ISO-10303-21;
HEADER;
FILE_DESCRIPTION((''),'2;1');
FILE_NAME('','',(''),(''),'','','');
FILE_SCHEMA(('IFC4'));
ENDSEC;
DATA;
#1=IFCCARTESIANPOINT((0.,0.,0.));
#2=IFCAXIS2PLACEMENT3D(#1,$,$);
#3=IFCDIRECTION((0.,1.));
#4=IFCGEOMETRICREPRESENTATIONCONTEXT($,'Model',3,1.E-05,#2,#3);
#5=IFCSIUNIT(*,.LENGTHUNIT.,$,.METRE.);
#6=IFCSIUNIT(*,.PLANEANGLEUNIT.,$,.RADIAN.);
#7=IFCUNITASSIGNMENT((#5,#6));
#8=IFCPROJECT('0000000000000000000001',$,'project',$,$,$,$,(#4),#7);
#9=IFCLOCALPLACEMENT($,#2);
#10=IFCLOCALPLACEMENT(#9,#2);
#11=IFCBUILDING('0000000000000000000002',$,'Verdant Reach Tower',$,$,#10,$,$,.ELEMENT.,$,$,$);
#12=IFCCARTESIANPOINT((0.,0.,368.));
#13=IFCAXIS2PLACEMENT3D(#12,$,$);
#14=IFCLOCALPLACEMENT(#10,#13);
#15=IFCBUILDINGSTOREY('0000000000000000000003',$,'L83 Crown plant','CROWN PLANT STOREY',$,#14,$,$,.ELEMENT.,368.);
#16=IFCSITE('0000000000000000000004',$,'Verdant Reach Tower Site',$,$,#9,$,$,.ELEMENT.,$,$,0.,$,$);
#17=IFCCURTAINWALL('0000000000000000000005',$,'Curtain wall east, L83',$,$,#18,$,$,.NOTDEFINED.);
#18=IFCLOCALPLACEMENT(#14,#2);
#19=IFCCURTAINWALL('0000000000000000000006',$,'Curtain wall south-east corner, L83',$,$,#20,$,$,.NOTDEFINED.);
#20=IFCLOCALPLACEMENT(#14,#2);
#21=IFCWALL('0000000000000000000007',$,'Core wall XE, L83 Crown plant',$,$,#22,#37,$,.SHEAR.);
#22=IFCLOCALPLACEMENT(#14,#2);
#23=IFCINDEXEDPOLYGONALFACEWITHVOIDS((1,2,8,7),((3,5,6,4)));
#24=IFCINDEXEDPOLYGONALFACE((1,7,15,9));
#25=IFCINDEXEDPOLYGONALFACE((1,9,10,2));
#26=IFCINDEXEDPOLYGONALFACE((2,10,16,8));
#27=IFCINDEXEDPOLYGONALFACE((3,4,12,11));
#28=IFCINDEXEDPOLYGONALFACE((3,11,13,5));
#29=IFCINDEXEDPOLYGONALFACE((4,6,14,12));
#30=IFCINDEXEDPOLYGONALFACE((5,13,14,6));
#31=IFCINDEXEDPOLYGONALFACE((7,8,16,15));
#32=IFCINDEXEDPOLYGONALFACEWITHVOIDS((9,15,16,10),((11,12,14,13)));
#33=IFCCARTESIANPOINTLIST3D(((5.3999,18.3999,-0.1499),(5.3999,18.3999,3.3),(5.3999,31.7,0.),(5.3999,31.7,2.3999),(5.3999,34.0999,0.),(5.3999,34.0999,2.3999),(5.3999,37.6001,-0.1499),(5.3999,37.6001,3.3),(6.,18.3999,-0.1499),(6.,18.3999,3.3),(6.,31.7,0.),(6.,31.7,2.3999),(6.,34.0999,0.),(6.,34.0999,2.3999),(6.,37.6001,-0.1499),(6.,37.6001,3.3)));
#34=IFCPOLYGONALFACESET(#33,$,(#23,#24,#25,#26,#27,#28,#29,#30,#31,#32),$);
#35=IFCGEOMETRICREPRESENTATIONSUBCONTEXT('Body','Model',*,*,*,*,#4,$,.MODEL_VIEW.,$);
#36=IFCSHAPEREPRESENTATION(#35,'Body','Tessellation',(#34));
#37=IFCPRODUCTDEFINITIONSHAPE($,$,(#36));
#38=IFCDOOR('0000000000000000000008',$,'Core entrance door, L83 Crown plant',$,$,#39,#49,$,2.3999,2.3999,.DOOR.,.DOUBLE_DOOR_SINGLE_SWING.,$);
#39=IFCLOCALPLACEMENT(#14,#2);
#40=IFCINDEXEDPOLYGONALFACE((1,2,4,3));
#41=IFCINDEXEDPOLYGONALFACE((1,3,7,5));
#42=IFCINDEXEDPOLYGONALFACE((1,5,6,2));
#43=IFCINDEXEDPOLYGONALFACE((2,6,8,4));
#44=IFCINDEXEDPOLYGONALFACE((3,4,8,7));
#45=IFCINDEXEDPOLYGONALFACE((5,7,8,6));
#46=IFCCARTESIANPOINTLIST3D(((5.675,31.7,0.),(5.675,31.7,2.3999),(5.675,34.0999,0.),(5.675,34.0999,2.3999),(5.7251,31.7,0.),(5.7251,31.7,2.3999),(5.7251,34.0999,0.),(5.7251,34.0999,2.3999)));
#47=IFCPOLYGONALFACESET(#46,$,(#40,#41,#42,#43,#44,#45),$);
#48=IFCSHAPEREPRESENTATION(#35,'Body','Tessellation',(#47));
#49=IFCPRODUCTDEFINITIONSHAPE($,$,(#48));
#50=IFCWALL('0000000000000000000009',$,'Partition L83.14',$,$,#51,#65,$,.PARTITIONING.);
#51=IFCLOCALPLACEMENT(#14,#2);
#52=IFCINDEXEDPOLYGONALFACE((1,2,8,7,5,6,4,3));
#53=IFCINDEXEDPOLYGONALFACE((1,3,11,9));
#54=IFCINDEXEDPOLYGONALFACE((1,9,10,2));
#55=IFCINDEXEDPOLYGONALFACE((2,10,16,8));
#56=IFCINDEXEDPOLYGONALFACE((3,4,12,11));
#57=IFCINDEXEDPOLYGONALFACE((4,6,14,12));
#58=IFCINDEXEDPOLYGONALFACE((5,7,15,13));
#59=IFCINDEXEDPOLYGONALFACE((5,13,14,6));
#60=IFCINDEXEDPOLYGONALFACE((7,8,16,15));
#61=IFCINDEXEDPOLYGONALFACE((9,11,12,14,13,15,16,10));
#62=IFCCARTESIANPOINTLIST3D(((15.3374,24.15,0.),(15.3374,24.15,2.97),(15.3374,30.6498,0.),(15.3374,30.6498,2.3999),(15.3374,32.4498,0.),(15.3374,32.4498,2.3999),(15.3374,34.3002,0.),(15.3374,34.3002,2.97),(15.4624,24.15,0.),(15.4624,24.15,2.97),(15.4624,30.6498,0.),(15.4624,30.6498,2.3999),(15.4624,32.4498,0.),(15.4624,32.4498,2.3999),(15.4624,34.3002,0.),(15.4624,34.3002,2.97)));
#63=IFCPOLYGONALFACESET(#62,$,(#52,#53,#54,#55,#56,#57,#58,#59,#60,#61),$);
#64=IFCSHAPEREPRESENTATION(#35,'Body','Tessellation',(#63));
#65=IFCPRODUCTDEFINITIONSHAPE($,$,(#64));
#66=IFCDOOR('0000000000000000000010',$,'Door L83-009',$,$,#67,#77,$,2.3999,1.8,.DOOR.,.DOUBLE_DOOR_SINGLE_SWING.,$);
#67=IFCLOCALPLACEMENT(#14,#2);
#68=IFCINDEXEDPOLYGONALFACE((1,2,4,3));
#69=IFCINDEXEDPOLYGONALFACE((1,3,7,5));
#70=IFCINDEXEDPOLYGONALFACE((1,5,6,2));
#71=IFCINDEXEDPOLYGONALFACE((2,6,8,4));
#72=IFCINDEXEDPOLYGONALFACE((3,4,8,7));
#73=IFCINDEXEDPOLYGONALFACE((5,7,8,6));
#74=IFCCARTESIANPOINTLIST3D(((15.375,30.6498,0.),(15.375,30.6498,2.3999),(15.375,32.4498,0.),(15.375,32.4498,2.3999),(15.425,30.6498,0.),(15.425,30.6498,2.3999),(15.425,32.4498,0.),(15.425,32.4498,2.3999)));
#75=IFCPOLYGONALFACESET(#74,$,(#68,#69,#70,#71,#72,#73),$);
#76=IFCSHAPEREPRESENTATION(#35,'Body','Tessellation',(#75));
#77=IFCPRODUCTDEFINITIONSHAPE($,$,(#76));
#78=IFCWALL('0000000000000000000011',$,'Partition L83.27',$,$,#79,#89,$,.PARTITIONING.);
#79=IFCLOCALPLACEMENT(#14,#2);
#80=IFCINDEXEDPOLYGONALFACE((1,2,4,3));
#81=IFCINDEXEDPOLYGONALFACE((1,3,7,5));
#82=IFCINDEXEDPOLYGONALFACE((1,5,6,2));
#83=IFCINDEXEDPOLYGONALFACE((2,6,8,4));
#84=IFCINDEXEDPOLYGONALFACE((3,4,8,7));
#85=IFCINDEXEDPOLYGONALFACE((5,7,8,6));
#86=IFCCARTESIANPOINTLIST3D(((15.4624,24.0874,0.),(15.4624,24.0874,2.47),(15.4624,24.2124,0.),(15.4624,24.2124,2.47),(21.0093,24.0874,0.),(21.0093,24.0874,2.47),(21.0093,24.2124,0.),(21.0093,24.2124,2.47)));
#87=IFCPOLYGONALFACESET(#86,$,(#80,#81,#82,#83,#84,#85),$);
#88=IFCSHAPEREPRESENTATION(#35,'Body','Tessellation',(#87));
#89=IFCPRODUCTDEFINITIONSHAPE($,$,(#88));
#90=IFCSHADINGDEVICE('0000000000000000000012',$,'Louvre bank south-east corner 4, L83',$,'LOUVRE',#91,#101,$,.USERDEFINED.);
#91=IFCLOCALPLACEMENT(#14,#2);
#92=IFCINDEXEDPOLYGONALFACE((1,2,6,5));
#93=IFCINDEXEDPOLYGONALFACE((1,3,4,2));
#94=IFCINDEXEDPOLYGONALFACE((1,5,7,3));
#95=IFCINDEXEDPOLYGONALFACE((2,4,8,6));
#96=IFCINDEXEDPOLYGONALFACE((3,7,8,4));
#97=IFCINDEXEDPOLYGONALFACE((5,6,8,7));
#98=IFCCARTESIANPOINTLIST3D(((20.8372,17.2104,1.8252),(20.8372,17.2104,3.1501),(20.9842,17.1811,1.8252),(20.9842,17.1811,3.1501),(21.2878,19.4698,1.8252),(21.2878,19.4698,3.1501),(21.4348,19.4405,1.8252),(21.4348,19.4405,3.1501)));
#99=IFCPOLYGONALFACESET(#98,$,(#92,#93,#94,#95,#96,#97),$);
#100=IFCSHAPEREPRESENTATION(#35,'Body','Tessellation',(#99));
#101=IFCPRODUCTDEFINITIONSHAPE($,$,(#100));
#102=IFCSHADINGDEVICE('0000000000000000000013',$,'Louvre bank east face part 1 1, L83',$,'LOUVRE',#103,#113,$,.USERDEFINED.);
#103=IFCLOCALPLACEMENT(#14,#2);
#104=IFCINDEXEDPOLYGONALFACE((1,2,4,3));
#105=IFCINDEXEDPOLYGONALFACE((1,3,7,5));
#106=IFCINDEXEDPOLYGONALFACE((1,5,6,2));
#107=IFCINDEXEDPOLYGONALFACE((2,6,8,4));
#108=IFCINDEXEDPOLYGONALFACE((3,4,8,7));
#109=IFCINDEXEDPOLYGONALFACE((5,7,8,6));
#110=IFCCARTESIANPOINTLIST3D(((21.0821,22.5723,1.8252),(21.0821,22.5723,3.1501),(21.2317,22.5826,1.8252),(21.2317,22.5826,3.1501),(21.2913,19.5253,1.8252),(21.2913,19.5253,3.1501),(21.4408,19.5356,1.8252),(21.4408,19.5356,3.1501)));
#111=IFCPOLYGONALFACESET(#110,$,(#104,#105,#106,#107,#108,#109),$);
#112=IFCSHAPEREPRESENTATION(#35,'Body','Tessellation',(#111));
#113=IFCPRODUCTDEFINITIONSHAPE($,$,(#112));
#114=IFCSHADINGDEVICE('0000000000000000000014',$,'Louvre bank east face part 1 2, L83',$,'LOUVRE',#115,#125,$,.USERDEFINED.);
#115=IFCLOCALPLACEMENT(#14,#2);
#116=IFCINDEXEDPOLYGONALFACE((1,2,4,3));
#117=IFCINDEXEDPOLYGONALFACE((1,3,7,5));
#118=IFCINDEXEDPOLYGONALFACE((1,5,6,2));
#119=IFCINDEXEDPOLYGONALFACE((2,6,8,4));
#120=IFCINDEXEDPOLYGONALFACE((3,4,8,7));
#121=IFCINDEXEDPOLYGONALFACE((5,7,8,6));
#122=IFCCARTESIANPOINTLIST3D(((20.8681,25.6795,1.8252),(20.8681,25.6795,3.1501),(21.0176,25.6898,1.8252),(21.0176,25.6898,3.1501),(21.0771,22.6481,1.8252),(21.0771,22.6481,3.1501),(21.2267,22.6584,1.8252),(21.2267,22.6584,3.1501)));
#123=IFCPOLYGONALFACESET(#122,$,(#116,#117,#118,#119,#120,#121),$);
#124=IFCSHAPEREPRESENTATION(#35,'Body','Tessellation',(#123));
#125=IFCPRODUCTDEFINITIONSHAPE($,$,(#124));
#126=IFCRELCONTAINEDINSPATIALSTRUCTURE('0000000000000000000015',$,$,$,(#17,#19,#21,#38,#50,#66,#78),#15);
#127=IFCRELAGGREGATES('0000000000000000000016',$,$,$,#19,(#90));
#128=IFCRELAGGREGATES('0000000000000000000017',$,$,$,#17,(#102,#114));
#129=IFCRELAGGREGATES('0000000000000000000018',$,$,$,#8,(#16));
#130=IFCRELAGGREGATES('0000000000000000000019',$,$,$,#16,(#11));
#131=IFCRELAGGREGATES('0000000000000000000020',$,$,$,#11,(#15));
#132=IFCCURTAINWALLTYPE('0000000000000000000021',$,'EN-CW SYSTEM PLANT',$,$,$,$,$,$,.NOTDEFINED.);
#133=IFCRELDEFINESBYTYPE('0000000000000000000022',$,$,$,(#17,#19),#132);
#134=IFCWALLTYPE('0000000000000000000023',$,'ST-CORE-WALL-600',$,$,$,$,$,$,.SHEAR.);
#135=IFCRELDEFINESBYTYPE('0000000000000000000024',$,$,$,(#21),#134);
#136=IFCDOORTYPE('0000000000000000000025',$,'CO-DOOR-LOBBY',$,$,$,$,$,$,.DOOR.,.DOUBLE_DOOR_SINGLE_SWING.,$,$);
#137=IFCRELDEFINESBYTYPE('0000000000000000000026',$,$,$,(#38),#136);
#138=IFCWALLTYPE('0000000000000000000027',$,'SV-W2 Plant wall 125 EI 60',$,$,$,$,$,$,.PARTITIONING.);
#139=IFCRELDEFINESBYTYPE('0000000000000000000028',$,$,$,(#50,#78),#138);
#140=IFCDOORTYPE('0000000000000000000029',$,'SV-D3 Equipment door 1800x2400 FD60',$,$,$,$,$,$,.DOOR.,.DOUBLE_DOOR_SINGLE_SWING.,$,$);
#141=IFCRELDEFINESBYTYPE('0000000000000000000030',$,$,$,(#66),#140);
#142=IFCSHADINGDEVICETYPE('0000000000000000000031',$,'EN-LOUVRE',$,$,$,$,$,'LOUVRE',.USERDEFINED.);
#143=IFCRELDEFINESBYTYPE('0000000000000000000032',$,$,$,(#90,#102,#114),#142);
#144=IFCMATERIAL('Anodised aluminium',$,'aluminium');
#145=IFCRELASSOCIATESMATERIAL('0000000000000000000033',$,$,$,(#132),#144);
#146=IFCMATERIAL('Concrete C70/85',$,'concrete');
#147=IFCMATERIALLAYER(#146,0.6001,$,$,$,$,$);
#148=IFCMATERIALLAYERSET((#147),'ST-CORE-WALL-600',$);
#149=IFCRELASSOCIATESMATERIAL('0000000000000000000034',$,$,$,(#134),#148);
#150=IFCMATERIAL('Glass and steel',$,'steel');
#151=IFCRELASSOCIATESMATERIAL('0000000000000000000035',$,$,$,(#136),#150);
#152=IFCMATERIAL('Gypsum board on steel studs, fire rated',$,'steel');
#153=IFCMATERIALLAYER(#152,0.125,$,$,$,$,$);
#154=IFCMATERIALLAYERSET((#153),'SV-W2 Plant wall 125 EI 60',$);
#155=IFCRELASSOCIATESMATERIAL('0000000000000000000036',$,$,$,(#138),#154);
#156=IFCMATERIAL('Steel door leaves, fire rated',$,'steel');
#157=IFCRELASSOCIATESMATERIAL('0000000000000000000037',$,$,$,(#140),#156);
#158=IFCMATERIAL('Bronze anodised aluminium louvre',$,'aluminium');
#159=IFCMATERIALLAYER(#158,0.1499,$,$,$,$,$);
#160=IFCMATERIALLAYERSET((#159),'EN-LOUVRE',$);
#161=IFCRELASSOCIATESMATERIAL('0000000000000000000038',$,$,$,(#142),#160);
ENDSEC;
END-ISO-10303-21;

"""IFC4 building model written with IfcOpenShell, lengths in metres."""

from ifc_helpers import new_model, si_unit, direction, frame, frame_2d, origin, origin_2d, place, context, subcontext, project, spatial, rectangle, extrude, material, layer, layer_set, type_object, element, fill, aggregate, save


model = new_model("IFC4")

# Units and contexts
model_context = context("Model", 3, precision=1e-05, world=origin(), true_north=direction((0.0, 1.0)))
body_context = subcontext(model_context, "Body", "Model", "MODEL_VIEW")
ifc_project = project(units=[si_unit("LENGTHUNIT", "METRE"), si_unit("PLANEANGLEUNIT", "RADIAN")], contexts=[model_context])

# Site, building, storey
site_placement = place(None, origin())
site = spatial("IfcSite", under=ifc_project, at=site_placement, Name="Verdant Reach Tower Site", CompositionType="ELEMENT", RefElevation=0.0)
building_placement = place(site_placement, origin())
building = spatial("IfcBuilding", under=site, at=building_placement, Name="Verdant Reach Tower", CompositionType="ELEMENT")
storey_placement = place(building_placement, frame((0.0, 0.0, 368.0)))
storey = spatial("IfcBuildingStorey", under=building, at=storey_placement, Name="L83 Crown plant", Description="CROWN PLANT STOREY", CompositionType="ELEMENT", Elevation=368.0)

# Curtain walls
ifc_material_1 = material(Name="Anodised aluminium", Category="aluminium")
curtain_wall_type = type_object("IfcCurtainWallType", Name="EN-CW SYSTEM PLANT", PredefinedType="NOTDEFINED", material=ifc_material_1)
curtain_wall_1_placement = place(storey_placement, origin())
curtain_wall_1 = element("IfcCurtainWall", 1, at=curtain_wall_1_placement, inside=storey, type_object=curtain_wall_type, Name="Curtain wall east, L83", PredefinedType="NOTDEFINED")
curtain_wall_2_placement = place(storey_placement, origin())
curtain_wall_2 = element("IfcCurtainWall", 2, at=curtain_wall_2_placement, inside=storey, type_object=curtain_wall_type, Name="Curtain wall south-east corner, L83", PredefinedType="NOTDEFINED")

# Shared definitions
ifc_material_2 = material(Name="Concrete C70/85", Category="concrete")
ifc_layer_1 = layer(ifc_material_2, 0.6001)
ifc_layer_set_1 = layer_set([ifc_layer_1], Name="ST-CORE-WALL-600")
wall_type_1 = type_object("IfcWallType", Name="ST-CORE-WALL-600", PredefinedType="SHEAR", material=ifc_layer_set_1)
ifc_material_3 = material(Name="Glass and steel", Category="steel")
door_type_1 = type_object("IfcDoorType", Name="CO-DOOR-LOBBY", OperationType="DOUBLE_DOOR_SINGLE_SWING", PredefinedType="DOOR", material=ifc_material_3)

# Walls, openings, doors
wall_1_placement = place(storey_placement, frame((5.7, 18.3999, -0.1499), z_axis=(0.0, 0.0, 1.0), x_axis=(0.0, 1.0, 0.0)))
wall_1 = element("IfcWall", 3, at=wall_1_placement, inside=storey, type_object=wall_type_1, Name="Core wall XE, L83 Crown plant", PredefinedType="SHEAR", context=body_context, shape_type="SweptSolid", body=[
    extrude(rectangle(XDim=19.2002, YDim=0.6001, at=frame_2d((9.6001, 0.0))), origin(), (0.0, 0.0, 1.0), 3.45),
])
opening_1_placement = place(wall_1_placement, frame((13.3, 0.0, 0.1499)))
opening_1 = element("IfcOpeningElement", 4, at=opening_1_placement, cuts=wall_1, PredefinedType="OPENING", context=body_context, shape_type="SweptSolid", body=[
    extrude(rectangle(XDim=2.3999, YDim=2.3999, at=frame_2d((1.2, 1.2))), frame((0.0, 0.3101, 0.0), z_axis=(0.0, -1.0, 0.0), x_axis=(1.0, 0.0, 0.0)), (0.0, 0.0, 1.0), 0.6201),
])
door_1_placement = place(opening_1_placement, origin())
door_1 = element("IfcDoor", 5, at=door_1_placement, inside=storey, type_object=door_type_1, Name="Core entrance door, L83 Crown plant", OperationType="DOUBLE_DOOR_SINGLE_SWING", OverallHeight=2.3999, OverallWidth=2.3999, PredefinedType="DOOR", context=body_context, shape_type="SweptSolid", body=[
    extrude(rectangle(XDim=2.3999, YDim=2.3999, at=frame_2d((1.2, 1.2))), frame((0.0, 0.0249, 0.0), z_axis=(0.0, -1.0, 0.0), x_axis=(1.0, 0.0, 0.0)), (0.0, 0.0, 1.0), 0.05),
])
fill(opening_1, door_1)
ifc_material_4 = material(Name="Gypsum board on steel studs, fire rated", Category="steel")
ifc_layer_2 = layer(ifc_material_4, 0.125)
ifc_layer_set_2 = layer_set([ifc_layer_2], Name="SV-W2 Plant wall 125 EI 60")
wall_type_2 = type_object("IfcWallType", Name="SV-W2 Plant wall 125 EI 60", PredefinedType="PARTITIONING", material=ifc_layer_set_2)
wall_2_placement = place(storey_placement, frame((15.3999, 24.1499, 0.0), z_axis=(0.0, 0.0, 1.0), x_axis=(0.0, 1.0, 0.0)))
wall_2 = element("IfcWall", 6, at=wall_2_placement, inside=storey, type_object=wall_type_2, Name="Partition L83.14", PredefinedType="PARTITIONING", context=body_context, shape_type="SweptSolid", body=[
    extrude(rectangle(XDim=10.1501, YDim=0.125, at=frame_2d((5.0752, 0.0))), origin(), (0.0, 0.0, 1.0), 2.97),
])
opening_2_placement = place(wall_2_placement, frame((6.5, 0.0, 0.0)))
opening_2 = element("IfcOpeningElement", 7, at=opening_2_placement, cuts=wall_2, PredefinedType="OPENING", context=body_context, shape_type="SweptSolid", body=[
    extrude(rectangle(XDim=1.8, YDim=2.3999, at=frame_2d((0.8999, 1.2))), frame((0.0, 0.0725, 0.0), z_axis=(0.0, -1.0, 0.0), x_axis=(1.0, 0.0, 0.0)), (0.0, 0.0, 1.0), 0.145),
])
ifc_material_5 = material(Name="Steel door leaves, fire rated", Category="steel")
door_type_2 = type_object("IfcDoorType", Name="SV-D3 Equipment door 1800x2400 FD60", OperationType="DOUBLE_DOOR_SINGLE_SWING", PredefinedType="DOOR", material=ifc_material_5)
door_2_placement = place(opening_2_placement, origin())
door_2 = element("IfcDoor", 8, at=door_2_placement, inside=storey, type_object=door_type_2, Name="Door L83-009", OperationType="DOUBLE_DOOR_SINGLE_SWING", OverallHeight=2.3999, OverallWidth=1.8, PredefinedType="DOOR", context=body_context, shape_type="SweptSolid", body=[
    extrude(rectangle(XDim=1.8, YDim=2.3999, at=frame_2d((0.8999, 1.2))), frame((0.0, 0.0249, 0.0), z_axis=(0.0, -1.0, 0.0), x_axis=(1.0, 0.0, 0.0)), (0.0, 0.0, 1.0), 0.05),
])
fill(opening_2, door_2)

# Wall
wall_3_placement = place(storey_placement, frame((15.4624, 24.1499, 0.0), z_axis=(0.0, 0.0, 1.0), x_axis=(1.0, 0.0, 0.0)))
element("IfcWall", 9, at=wall_3_placement, inside=storey, type_object=wall_type_2, Name="Partition L83.27", PredefinedType="PARTITIONING", context=body_context, shape_type="SweptSolid", body=[
    extrude(rectangle(XDim=5.5469, YDim=0.125, at=frame_2d((2.7734, 0.0))), origin(), (0.0, 0.0, 1.0), 2.47),
])

# Shading devices
ifc_material_6 = material(Name="Bronze anodised aluminium louvre", Category="aluminium")
ifc_layer_3 = layer(ifc_material_6, 0.1499)
ifc_layer_set_3 = layer_set([ifc_layer_3], Name="EN-LOUVRE")
shading_device_type = type_object("IfcShadingDeviceType", Name="EN-LOUVRE", ElementType="LOUVRE", PredefinedType="USERDEFINED", material=ifc_layer_set_3)
shading_device_1_placement = place(storey_placement, frame((21.136, 18.3254, 1.8252), z_axis=(0.0, 0.0, 1.0), x_axis=(0.195593, 0.980685, 0.0)))
shading_device_1 = element("IfcShadingDevice", 10, at=shading_device_1_placement, type_object=shading_device_type, Name="Louvre bank south-east corner 4, L83", ObjectType="LOUVRE", PredefinedType="USERDEFINED", context=body_context, shape_type="SweptSolid", body=[
    extrude(rectangle(XDim=2.304, YDim=0.1499, at=origin_2d()), origin(), (0.0, 0.0, 1.0), 1.325),
])
aggregate(curtain_wall_2, [shading_device_1])
shading_device_2_placement = place(storey_placement, frame((21.2615, 21.054, 1.8252), z_axis=(0.0, 0.0, 1.0), x_axis=(-0.068469, 0.997653, 0.0)))
shading_device_2 = element("IfcShadingDevice", 11, at=shading_device_2_placement, type_object=shading_device_type, Name="Louvre bank east face part 1 1, L83", ObjectType="LOUVRE", PredefinedType="USERDEFINED", context=body_context, shape_type="SweptSolid", body=[
    extrude(rectangle(XDim=3.0542, YDim=0.1499, at=origin_2d()), origin(), (0.0, 0.0, 1.0), 1.325),
])
shading_device_3_placement = place(storey_placement, frame((21.0474, 24.1689, 1.8252), z_axis=(0.0, 0.0, 1.0), x_axis=(-0.068802, 0.99763, 0.0)))
shading_device_3 = element("IfcShadingDevice", 12, at=shading_device_3_placement, type_object=shading_device_type, Name="Louvre bank east face part 1 2, L83", ObjectType="LOUVRE", PredefinedType="USERDEFINED", context=body_context, shape_type="SweptSolid", body=[
    extrude(rectangle(XDim=3.0386, YDim=0.1499, at=origin_2d()), origin(), (0.0, 0.0, 1.0), 1.325),
])
aggregate(curtain_wall_1, [shading_device_2, shading_device_3])

save(model, "model.ifc")
